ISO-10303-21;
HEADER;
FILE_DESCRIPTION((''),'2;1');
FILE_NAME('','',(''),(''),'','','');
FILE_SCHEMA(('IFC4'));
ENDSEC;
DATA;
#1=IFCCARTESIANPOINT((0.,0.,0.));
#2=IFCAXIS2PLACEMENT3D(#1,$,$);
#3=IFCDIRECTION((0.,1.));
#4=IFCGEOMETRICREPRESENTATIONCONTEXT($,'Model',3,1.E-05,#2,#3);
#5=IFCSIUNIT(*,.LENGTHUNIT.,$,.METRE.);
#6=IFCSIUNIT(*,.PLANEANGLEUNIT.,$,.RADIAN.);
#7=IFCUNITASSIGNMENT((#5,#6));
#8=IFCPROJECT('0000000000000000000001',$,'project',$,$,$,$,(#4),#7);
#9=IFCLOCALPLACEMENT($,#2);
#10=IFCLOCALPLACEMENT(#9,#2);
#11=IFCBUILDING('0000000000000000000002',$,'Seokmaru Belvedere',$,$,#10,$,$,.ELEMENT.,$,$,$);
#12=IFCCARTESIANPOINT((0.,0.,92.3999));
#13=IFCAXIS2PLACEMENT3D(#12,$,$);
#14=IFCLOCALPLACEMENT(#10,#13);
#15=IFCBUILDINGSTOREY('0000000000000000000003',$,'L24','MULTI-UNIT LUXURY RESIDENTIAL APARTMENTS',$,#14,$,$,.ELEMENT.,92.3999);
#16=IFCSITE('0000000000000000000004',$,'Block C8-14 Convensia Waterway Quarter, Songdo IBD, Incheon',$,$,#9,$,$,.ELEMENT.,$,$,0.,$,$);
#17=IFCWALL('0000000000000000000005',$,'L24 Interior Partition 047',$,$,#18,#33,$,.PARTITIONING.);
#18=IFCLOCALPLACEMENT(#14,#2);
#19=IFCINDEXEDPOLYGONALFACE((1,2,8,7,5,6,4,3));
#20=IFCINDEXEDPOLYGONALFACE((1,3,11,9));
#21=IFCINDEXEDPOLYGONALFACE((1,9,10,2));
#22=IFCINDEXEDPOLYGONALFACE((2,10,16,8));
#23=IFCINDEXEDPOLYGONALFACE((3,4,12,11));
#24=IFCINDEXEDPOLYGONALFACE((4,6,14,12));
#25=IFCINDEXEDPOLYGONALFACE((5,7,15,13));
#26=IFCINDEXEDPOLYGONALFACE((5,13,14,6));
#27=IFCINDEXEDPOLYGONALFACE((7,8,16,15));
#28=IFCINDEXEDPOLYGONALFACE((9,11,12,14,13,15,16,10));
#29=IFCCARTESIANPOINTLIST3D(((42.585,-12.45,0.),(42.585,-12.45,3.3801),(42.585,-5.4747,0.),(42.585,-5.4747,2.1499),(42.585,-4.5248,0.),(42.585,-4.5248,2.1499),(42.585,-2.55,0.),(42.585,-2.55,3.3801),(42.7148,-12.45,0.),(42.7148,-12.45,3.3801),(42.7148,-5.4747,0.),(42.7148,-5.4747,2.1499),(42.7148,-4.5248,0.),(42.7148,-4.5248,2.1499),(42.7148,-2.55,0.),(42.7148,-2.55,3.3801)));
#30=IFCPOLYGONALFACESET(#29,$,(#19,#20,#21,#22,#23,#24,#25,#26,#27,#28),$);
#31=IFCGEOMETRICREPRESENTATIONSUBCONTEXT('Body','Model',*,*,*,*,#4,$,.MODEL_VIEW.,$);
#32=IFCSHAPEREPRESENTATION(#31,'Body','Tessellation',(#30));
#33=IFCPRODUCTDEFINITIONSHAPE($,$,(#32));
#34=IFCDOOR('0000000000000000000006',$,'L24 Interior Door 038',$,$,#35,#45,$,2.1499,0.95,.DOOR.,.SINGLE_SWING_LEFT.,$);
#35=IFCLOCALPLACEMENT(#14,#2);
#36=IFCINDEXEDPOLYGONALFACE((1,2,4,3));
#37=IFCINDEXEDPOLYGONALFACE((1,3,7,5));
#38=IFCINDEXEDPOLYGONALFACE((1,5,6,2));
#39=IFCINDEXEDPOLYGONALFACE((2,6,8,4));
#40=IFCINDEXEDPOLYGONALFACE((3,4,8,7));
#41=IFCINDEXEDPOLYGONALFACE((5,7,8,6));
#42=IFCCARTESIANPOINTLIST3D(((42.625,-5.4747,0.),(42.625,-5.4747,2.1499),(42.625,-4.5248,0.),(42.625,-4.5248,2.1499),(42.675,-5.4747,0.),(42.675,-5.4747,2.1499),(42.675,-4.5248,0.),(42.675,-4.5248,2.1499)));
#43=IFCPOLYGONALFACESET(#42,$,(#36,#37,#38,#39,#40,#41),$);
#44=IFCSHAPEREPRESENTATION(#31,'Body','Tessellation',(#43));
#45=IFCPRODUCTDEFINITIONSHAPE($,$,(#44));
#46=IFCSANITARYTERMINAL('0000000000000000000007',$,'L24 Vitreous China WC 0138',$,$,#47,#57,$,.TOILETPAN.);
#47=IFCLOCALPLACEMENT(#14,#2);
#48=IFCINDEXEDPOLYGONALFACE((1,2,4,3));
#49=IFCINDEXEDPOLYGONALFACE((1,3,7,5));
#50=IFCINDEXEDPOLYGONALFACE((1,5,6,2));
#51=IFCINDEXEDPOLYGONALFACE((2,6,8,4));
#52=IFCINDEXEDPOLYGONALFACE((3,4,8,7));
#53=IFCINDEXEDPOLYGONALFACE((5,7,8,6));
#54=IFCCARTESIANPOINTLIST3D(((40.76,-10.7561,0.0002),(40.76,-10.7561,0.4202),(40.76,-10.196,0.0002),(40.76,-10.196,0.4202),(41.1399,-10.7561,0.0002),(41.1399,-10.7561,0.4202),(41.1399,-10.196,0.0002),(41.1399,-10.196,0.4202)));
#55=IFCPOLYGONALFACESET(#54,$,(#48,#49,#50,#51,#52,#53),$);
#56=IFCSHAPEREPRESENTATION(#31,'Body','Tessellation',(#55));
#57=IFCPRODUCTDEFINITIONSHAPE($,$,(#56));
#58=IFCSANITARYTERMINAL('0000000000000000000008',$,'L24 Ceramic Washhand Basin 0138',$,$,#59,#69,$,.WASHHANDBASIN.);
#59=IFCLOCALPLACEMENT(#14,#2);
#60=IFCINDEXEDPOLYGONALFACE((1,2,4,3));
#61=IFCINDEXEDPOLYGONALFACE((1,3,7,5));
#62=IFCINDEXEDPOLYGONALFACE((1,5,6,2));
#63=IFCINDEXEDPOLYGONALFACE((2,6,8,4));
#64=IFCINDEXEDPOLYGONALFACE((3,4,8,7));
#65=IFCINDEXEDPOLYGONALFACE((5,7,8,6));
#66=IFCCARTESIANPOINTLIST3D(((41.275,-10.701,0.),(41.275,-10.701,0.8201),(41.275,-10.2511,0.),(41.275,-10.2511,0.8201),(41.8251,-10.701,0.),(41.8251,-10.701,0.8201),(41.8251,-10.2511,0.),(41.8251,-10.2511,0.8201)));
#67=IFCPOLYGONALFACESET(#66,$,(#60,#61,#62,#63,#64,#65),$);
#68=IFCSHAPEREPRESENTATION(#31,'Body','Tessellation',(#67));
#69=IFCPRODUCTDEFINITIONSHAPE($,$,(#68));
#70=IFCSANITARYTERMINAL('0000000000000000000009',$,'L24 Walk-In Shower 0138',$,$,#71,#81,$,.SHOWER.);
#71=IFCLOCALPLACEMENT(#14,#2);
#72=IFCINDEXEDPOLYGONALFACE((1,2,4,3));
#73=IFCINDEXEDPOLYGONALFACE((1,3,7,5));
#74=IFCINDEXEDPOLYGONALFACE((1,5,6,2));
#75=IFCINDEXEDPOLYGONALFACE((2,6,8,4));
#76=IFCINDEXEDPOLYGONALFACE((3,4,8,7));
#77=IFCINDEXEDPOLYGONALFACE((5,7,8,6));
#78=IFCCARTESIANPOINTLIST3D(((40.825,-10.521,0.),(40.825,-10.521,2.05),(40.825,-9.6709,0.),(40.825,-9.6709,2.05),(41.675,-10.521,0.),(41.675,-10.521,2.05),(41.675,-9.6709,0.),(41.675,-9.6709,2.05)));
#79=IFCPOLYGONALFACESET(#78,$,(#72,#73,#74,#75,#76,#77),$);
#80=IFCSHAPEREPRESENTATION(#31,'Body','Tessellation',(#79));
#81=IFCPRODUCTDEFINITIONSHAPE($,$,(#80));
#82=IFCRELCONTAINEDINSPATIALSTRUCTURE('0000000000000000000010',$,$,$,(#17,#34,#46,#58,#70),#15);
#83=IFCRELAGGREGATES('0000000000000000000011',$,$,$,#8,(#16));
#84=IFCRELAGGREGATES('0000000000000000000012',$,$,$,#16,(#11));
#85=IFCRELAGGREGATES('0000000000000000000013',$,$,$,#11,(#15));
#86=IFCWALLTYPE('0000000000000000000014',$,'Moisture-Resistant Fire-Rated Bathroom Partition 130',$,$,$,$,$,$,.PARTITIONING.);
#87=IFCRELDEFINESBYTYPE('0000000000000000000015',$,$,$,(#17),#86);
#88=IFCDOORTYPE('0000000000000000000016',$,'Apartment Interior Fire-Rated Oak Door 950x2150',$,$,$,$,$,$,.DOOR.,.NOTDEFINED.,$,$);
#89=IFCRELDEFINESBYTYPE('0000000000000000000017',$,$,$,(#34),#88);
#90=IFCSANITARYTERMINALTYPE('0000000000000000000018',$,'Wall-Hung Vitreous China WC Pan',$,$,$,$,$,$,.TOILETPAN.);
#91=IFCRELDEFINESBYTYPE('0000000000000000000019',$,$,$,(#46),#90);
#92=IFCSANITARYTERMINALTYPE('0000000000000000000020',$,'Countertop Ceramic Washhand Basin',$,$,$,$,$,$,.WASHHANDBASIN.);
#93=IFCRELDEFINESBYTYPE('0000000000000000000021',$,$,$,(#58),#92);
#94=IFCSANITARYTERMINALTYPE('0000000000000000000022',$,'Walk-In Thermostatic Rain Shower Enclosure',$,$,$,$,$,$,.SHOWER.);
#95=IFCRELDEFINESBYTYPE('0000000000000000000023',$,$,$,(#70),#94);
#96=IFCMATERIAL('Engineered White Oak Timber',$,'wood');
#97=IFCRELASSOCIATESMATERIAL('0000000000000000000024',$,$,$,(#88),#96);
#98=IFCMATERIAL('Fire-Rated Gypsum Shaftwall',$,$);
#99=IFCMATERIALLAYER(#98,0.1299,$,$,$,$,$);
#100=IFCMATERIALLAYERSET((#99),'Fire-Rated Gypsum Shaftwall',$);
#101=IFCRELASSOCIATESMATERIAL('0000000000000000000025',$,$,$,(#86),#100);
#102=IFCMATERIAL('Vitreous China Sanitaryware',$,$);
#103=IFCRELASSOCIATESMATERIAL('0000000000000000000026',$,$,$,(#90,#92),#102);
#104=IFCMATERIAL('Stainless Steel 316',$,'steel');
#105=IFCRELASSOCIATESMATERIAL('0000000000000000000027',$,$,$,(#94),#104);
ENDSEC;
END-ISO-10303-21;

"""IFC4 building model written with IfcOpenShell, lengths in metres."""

from ifc_helpers import new_model, si_unit, direction, frame, frame_2d, origin, origin_2d, place, context, subcontext, project, spatial, rectangle, extrude, source, transform, mapped, material, layer, layer_set, type_object, type_shapes, element, fill, save


model = new_model("IFC4")

# Units and contexts
model_context = context("Model", 3, precision=1e-05, world=origin(), true_north=direction((0.0, 1.0)))
body_context = subcontext(model_context, "Body", "Model", "MODEL_VIEW")
ifc_project = project(units=[si_unit("LENGTHUNIT", "METRE"), si_unit("PLANEANGLEUNIT", "RADIAN")], contexts=[model_context])

# Site, building, storey
site_placement = place(None, origin())
site = spatial("IfcSite", under=ifc_project, at=site_placement, Name="Block C8-14 Convensia Waterway Quarter, Songdo IBD, Incheon", CompositionType="ELEMENT", RefElevation=0.0)
building_placement = place(site_placement, origin())
building = spatial("IfcBuilding", under=site, at=building_placement, Name="Seokmaru Belvedere", CompositionType="ELEMENT")
storey_placement = place(building_placement, frame((0.0, 0.0, 92.3999)))
storey = spatial("IfcBuildingStorey", under=building, at=storey_placement, Name="L24", Description="MULTI-UNIT LUXURY RESIDENTIAL APARTMENTS", CompositionType="ELEMENT", Elevation=92.3999)

# Shared definitions
ifc_material_1 = material(Name="Fire-Rated Gypsum Shaftwall")
ifc_material_2 = material(Name="Engineered White Oak Timber", Category="wood")
door_type_1 = type_object("IfcDoorType", Name="Apartment Interior Fire-Rated Oak Door 950x2150", OperationType="NOTDEFINED", PredefinedType="DOOR", material=ifc_material_2)
shared_shape_1 = source(origin(), body_context, "Body", "SweptSolid", [
    extrude(rectangle(XDim=0.95, YDim=2.1499, at=frame_2d((0.4751, 1.075))), frame((0.0, 0.0249, 0.0), z_axis=(0.0, -1.0, 0.0), x_axis=(1.0, 0.0, 0.0)), (0.0, 0.0, 1.0), 0.05),
])
type_shapes(door_type_1, [shared_shape_1])

# Wall, opening, door
ifc_layer_1 = layer(ifc_material_1, 0.1299)
ifc_layer_set_1 = layer_set([ifc_layer_1], Name="Fire-Rated Gypsum Shaftwall")
wall_type_1 = type_object("IfcWallType", Name="Moisture-Resistant Fire-Rated Bathroom Partition 130", PredefinedType="PARTITIONING", material=ifc_layer_set_1)
wall_1_placement = place(storey_placement, frame((42.6499, -12.45, 0.0), z_axis=(0.0, 0.0, 1.0), x_axis=(0.0, 1.0, 0.0)))
wall_1 = element("IfcWall", 1, at=wall_1_placement, inside=storey, type_object=wall_type_1, Name="L24 Interior Partition 047", PredefinedType="PARTITIONING", context=body_context, shape_type="SweptSolid", body=[
    extrude(rectangle(XDim=9.8999, YDim=0.1299, at=frame_2d((4.95, 0.0))), origin(), (0.0, 0.0, 1.0), 3.3801),
])
opening_1_placement = place(wall_1_placement, frame((6.9751, 0.0, 0.0)))
opening_1 = element("IfcOpeningElement", 2, at=opening_1_placement, cuts=wall_1, PredefinedType="OPENING", context=body_context, shape_type="SweptSolid", body=[
    extrude(rectangle(XDim=0.95, YDim=2.1499, at=frame_2d((0.4751, 1.075))), frame((0.0, 0.075, 0.0), z_axis=(0.0, -1.0, 0.0), x_axis=(1.0, 0.0, 0.0)), (0.0, 0.0, 1.0), 0.1499),
])
door_1_placement = place(opening_1_placement, origin())
door_1 = element("IfcDoor", 3, at=door_1_placement, inside=storey, type_object=door_type_1, Name="L24 Interior Door 038", OperationType="SINGLE_SWING_LEFT", OverallHeight=2.1499, OverallWidth=0.95, PredefinedType="DOOR", context=body_context, shape_type="MappedRepresentation", body=[
    mapped(shared_shape_1, transform((0.0, 0.0, 0.0), scale=1.0)),
])
fill(opening_1, door_1)

# Sanitary terminals
ifc_material_3 = material(Name="Vitreous China Sanitaryware")
sanitary_terminal_type_1 = type_object("IfcSanitaryTerminalType", Name="Wall-Hung Vitreous China WC Pan", PredefinedType="TOILETPAN", material=ifc_material_3)
shared_shape_2 = source(origin(), body_context, "Body", "SweptSolid", [
    extrude(rectangle(XDim=0.3799, YDim=0.5601, at=origin_2d()), origin(), (0.0, 0.0, 1.0), 0.4199),
])
type_shapes(sanitary_terminal_type_1, [shared_shape_2])
sanitary_terminal_1_placement = place(storey_placement, frame((40.95, -10.4761, 0.0002), z_axis=(0.0, 0.0, 1.0), x_axis=(1.0, 0.0, 0.0)))
element("IfcSanitaryTerminal", 4, at=sanitary_terminal_1_placement, inside=storey, type_object=sanitary_terminal_type_1, Name="L24 Vitreous China WC 0138", PredefinedType="TOILETPAN", context=body_context, shape_type="MappedRepresentation", body=[
    mapped(shared_shape_2, transform((0.0, 0.0, 0.0), scale=1.0)),
])
sanitary_terminal_type_2 = type_object("IfcSanitaryTerminalType", Name="Countertop Ceramic Washhand Basin", PredefinedType="WASHHANDBASIN", material=ifc_material_3)
shared_shape_3 = source(origin(), body_context, "Body", "SweptSolid", [
    extrude(rectangle(XDim=0.55, YDim=0.45, at=origin_2d()), origin(), (0.0, 0.0, 1.0), 0.8201),
])
type_shapes(sanitary_terminal_type_2, [shared_shape_3])
sanitary_terminal_2_placement = place(storey_placement, frame((41.55, -10.4761, 0.0), z_axis=(0.0, 0.0, 1.0), x_axis=(1.0, 0.0, 0.0)))
element("IfcSanitaryTerminal", 5, at=sanitary_terminal_2_placement, inside=storey, type_object=sanitary_terminal_type_2, Name="L24 Ceramic Washhand Basin 0138", PredefinedType="WASHHANDBASIN", context=body_context, shape_type="MappedRepresentation", body=[
    mapped(shared_shape_3, transform((0.0, 0.0, 0.0), scale=1.0)),
])
ifc_material_4 = material(Name="Stainless Steel 316", Category="steel")
sanitary_terminal_type_3 = type_object("IfcSanitaryTerminalType", Name="Walk-In Thermostatic Rain Shower Enclosure", PredefinedType="SHOWER", material=ifc_material_4)
shared_shape_4 = source(origin(), body_context, "Body", "SweptSolid", [
    extrude(rectangle(XDim=0.8501, YDim=0.8501, at=origin_2d()), origin(), (0.0, 0.0, 1.0), 2.05),
])
type_shapes(sanitary_terminal_type_3, [shared_shape_4])
sanitary_terminal_3_placement = place(storey_placement, frame((41.25, -10.0959, 0.0), z_axis=(0.0, 0.0, 1.0), x_axis=(1.0, 0.0, 0.0)))
element("IfcSanitaryTerminal", 6, at=sanitary_terminal_3_placement, inside=storey, type_object=sanitary_terminal_type_3, Name="L24 Walk-In Shower 0138", PredefinedType="SHOWER", context=body_context, shape_type="MappedRepresentation", body=[
    mapped(shared_shape_4, transform((0.0, 0.0, 0.0), scale=1.0)),
])

save(model, "model.ifc")
